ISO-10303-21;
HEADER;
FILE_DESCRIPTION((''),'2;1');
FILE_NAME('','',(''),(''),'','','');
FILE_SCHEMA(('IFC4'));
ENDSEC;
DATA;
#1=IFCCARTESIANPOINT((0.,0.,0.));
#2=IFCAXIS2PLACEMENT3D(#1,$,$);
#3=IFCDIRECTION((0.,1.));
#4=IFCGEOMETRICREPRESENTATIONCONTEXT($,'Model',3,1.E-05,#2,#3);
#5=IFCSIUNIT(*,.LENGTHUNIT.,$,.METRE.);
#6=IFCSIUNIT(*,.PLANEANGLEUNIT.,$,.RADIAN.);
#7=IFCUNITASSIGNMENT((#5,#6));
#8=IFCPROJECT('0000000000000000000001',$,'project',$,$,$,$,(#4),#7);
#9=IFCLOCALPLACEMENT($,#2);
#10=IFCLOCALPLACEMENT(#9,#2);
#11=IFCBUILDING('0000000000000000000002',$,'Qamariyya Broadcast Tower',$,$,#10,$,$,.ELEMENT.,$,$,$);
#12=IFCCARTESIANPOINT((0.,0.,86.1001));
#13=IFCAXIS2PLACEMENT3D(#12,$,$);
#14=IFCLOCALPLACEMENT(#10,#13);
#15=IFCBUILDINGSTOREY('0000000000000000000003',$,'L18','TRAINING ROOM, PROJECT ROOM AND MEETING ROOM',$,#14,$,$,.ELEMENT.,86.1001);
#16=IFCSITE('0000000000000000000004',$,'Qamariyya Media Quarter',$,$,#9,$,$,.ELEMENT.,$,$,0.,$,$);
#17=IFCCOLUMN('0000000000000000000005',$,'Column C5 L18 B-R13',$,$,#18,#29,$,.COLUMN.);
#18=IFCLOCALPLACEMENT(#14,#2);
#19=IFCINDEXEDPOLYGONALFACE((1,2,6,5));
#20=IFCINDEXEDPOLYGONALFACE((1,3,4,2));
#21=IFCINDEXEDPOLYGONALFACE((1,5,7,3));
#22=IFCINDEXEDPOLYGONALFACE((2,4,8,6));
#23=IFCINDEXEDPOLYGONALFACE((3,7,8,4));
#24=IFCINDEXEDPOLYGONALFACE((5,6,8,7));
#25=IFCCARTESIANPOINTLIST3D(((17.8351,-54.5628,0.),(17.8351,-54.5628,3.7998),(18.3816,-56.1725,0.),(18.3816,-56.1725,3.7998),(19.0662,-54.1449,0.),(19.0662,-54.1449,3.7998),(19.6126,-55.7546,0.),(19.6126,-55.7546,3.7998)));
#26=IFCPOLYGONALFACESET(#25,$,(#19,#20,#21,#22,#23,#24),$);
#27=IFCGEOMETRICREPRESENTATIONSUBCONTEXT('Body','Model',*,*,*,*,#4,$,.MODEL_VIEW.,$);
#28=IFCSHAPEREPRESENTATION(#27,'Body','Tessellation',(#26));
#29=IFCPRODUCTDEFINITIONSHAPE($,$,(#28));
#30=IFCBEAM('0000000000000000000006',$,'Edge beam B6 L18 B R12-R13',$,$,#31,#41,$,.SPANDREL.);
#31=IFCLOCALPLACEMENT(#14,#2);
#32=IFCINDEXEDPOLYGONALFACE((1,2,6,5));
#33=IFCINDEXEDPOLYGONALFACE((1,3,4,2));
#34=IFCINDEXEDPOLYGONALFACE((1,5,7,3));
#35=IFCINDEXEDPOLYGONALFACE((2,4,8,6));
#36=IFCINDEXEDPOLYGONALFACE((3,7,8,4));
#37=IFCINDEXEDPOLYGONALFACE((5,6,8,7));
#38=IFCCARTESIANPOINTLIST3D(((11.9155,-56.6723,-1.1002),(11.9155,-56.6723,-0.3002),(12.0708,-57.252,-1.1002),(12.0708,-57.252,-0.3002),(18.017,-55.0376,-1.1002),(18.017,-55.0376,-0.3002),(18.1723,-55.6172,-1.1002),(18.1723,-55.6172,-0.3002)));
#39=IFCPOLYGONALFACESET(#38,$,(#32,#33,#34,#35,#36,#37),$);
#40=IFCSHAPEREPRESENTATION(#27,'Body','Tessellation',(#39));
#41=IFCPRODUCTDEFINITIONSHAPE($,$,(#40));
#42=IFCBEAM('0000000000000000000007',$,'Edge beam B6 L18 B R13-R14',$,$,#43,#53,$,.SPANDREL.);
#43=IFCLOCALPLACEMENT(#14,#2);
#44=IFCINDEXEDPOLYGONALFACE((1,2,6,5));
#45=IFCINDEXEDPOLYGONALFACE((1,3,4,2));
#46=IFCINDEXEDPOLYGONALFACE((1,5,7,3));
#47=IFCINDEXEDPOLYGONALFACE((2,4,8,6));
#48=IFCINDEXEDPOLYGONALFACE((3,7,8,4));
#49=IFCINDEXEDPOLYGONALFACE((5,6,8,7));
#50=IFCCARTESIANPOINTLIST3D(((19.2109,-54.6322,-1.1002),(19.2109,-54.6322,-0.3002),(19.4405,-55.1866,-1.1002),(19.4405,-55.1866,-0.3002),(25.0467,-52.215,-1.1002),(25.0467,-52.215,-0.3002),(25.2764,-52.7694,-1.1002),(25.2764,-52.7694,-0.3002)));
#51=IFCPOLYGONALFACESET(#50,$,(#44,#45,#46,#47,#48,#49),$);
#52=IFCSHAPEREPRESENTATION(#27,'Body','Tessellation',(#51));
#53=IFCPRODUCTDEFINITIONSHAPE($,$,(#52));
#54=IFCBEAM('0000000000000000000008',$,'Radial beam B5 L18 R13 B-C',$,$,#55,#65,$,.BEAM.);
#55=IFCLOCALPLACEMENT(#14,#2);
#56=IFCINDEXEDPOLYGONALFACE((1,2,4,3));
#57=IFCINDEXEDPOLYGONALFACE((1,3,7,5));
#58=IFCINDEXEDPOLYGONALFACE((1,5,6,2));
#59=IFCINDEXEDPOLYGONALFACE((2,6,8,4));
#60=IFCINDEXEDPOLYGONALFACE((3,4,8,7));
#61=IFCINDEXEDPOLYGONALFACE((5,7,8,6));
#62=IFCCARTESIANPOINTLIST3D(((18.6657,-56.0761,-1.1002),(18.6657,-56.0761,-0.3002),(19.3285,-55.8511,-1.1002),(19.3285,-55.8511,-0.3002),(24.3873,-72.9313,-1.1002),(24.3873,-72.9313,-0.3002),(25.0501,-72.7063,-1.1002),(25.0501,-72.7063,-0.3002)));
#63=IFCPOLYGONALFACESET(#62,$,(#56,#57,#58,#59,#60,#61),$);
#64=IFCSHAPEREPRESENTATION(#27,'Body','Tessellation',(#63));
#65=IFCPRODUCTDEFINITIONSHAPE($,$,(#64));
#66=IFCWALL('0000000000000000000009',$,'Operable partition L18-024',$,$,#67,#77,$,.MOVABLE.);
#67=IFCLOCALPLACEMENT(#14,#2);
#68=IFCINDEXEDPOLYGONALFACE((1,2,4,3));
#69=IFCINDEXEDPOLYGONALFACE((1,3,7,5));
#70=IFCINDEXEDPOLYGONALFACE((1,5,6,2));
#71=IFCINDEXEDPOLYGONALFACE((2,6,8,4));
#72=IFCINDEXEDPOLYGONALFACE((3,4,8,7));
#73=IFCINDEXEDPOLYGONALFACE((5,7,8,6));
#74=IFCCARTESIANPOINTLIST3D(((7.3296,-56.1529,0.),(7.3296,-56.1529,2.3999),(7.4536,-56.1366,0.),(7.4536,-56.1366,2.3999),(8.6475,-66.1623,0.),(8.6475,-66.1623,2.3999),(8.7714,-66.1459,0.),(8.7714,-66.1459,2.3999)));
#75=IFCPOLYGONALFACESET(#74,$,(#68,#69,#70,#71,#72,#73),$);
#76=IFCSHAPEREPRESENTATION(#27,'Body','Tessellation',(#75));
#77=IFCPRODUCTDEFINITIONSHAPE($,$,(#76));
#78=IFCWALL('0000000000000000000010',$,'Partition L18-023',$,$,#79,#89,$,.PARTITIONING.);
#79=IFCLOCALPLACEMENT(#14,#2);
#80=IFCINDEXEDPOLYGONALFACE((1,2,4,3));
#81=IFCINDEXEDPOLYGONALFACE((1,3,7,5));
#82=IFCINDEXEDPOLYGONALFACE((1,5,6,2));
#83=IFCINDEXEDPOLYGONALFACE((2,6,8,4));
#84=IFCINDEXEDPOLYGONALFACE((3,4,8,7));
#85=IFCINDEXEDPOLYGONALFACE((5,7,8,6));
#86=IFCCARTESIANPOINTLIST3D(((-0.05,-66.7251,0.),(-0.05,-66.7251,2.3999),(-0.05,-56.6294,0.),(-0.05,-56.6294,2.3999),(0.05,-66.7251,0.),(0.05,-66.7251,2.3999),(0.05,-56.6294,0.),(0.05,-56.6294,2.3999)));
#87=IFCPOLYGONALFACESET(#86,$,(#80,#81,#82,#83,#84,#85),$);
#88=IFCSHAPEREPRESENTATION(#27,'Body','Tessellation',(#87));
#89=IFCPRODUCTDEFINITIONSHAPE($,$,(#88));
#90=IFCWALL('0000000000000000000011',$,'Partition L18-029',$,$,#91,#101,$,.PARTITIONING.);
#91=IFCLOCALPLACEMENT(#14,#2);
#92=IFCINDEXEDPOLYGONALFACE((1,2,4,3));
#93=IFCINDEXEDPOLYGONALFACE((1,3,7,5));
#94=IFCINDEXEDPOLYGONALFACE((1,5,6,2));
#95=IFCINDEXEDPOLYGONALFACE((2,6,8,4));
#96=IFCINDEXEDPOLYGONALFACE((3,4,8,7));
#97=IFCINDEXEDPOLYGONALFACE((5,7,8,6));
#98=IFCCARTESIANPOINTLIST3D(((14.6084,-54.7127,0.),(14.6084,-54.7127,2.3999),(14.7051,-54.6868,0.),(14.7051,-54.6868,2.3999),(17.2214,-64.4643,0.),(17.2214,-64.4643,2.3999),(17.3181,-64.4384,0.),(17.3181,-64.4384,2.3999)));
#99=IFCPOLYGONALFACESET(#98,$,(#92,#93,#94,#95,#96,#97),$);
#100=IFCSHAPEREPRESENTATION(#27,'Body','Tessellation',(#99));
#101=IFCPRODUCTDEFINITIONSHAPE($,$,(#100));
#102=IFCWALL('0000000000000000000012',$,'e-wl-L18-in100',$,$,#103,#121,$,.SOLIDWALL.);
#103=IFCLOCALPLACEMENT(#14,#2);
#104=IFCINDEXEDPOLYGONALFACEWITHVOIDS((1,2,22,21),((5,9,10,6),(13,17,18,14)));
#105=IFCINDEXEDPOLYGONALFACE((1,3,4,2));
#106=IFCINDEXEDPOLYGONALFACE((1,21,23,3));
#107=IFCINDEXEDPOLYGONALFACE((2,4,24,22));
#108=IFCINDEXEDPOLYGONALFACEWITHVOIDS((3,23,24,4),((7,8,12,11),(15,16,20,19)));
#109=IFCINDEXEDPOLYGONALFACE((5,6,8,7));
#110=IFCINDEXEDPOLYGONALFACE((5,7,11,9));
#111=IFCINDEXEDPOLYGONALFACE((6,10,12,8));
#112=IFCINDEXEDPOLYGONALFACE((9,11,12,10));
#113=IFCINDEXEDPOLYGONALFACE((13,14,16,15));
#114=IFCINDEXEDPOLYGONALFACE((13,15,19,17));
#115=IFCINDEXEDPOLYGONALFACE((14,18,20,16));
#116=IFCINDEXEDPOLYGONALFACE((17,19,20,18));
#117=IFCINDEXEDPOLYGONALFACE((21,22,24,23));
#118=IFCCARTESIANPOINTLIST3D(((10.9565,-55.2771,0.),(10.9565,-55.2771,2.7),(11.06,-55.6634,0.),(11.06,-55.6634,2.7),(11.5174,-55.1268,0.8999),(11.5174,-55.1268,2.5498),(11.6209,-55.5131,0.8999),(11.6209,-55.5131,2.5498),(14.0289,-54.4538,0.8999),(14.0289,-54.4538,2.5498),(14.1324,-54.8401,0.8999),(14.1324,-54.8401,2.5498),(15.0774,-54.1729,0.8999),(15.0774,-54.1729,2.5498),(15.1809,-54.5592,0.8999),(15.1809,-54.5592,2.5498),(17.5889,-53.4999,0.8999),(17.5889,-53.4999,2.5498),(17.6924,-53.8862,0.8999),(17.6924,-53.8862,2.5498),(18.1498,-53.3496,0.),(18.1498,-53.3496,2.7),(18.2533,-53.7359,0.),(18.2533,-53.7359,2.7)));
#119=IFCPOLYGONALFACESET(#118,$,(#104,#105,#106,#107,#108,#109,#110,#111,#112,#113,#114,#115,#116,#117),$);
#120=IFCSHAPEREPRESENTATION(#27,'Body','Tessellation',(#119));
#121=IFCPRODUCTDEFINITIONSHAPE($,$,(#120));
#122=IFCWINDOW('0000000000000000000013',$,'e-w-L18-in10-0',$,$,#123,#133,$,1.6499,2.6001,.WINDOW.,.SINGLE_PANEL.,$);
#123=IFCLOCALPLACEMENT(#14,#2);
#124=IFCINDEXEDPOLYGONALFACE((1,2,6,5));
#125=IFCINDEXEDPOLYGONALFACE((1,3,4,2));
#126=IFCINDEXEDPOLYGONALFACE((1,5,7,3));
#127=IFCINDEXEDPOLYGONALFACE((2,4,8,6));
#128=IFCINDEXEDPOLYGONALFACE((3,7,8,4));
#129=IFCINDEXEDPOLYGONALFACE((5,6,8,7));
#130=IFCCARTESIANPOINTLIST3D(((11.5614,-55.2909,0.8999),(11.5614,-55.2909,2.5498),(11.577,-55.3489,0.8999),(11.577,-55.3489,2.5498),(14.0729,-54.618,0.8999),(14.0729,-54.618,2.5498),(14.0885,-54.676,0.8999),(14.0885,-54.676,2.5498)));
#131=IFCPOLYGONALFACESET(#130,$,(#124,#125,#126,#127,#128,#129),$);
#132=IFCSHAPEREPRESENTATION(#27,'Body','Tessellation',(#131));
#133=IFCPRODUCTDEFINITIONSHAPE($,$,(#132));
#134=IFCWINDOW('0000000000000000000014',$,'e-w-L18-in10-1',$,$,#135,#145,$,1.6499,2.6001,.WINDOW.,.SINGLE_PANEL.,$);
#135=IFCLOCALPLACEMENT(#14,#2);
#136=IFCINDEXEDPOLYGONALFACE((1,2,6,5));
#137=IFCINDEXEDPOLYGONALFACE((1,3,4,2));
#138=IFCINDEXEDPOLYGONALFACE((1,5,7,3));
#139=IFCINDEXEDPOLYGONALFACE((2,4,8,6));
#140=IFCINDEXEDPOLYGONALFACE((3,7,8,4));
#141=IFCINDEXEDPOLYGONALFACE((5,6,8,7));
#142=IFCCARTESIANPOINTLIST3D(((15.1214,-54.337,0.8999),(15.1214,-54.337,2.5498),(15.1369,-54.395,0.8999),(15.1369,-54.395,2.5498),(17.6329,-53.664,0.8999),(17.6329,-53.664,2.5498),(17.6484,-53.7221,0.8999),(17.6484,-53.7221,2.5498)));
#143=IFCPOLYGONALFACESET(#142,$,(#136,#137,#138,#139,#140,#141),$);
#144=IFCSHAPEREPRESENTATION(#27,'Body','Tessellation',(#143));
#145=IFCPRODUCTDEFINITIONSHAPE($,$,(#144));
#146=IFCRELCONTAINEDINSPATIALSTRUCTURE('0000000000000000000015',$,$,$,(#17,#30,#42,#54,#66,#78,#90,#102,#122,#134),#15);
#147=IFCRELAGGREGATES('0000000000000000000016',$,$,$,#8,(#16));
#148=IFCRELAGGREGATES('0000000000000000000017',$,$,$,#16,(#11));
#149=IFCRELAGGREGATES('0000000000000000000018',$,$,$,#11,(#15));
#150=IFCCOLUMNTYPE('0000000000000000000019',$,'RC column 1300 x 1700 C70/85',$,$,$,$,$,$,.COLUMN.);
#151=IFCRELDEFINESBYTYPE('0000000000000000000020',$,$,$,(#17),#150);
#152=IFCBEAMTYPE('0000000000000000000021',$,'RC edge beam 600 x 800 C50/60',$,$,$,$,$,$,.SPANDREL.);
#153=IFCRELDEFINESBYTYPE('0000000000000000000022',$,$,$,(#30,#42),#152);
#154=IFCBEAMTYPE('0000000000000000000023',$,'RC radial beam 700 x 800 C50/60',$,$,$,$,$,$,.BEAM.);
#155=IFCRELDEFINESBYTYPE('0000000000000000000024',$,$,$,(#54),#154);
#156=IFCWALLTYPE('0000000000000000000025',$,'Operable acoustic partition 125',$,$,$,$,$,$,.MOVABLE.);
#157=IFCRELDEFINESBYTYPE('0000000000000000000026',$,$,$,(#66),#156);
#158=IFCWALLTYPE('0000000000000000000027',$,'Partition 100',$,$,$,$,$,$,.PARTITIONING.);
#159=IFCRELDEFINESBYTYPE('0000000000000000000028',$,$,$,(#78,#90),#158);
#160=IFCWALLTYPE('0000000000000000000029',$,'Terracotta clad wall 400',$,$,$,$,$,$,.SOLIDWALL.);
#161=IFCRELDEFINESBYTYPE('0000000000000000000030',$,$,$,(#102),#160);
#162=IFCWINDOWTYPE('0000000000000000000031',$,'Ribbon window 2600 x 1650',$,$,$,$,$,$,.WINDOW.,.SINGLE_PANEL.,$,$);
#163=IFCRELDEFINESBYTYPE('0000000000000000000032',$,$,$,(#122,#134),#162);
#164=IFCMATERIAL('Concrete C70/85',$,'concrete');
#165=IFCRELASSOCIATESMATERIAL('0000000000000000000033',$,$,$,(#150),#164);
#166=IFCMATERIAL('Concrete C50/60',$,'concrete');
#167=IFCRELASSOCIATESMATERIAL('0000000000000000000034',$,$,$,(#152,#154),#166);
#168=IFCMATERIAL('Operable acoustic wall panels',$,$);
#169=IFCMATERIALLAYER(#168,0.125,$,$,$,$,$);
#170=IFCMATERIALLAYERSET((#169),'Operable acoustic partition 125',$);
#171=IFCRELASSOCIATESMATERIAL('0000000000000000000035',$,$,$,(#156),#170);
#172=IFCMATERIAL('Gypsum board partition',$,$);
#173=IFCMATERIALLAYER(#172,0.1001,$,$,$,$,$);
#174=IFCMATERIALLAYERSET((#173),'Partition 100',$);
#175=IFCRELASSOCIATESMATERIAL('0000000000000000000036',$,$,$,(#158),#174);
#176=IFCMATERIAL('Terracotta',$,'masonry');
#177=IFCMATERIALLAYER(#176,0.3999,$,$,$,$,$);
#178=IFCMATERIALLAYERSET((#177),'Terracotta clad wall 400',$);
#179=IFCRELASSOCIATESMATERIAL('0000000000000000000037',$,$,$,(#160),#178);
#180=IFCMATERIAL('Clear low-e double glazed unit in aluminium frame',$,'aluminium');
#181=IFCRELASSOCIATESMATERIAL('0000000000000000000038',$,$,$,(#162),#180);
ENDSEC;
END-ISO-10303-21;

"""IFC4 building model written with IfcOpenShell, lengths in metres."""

from ifc_helpers import new_model, si_unit, direction, frame, frame_2d, origin, origin_2d, place, context, subcontext, project, spatial, rectangle, extrude, material, layer, layer_set, material_profile, profile_set, type_object, element, fill, save


model = new_model("IFC4")

# Units and contexts
model_context = context("Model", 3, precision=1e-05, world=origin(), true_north=direction((0.0, 1.0)))
body_context = subcontext(model_context, "Body", "Model", "MODEL_VIEW")
ifc_project = project(units=[si_unit("LENGTHUNIT", "METRE"), si_unit("PLANEANGLEUNIT", "RADIAN")], contexts=[model_context])

# Site, building, storey
site_placement = place(None, origin())
site = spatial("IfcSite", under=ifc_project, at=site_placement, Name="Qamariyya Media Quarter", CompositionType="ELEMENT", RefElevation=0.0)
building_placement = place(site_placement, origin())
building = spatial("IfcBuilding", under=site, at=building_placement, Name="Qamariyya Broadcast Tower", CompositionType="ELEMENT")
storey_placement = place(building_placement, frame((0.0, 0.0, 86.1001)))
storey = spatial("IfcBuildingStorey", under=building, at=storey_placement, Name="L18", Description="TRAINING ROOM, PROJECT ROOM AND MEETING ROOM", CompositionType="ELEMENT", Elevation=86.1001)

# Column
ifc_material_1 = material(Name="Concrete C70/85", Category="concrete")
ifc_material_profile_1 = material_profile(ifc_material_1, rectangle(XDim=1.3, YDim=1.7, at=origin_2d()))
ifc_profile_set_1 = profile_set([ifc_material_profile_1], Name="Concrete C70/85")
column_type = type_object("IfcColumnType", Name="RC column 1300 x 1700 C70/85", PredefinedType="COLUMN", material=ifc_profile_set_1)
column_placement = place(storey_placement, frame((18.7239, -55.1587, 0.0), z_axis=(0.0, 0.0, 1.0), x_axis=(0.94693, 0.321439, 0.0)))
element("IfcColumn", 1, at=column_placement, inside=storey, type_object=column_type, Name="Column C5 L18 B-R13", PredefinedType="COLUMN", context=body_context, shape_type="SweptSolid", body=[
    extrude(rectangle(XDim=1.3, YDim=1.7, at=origin_2d()), origin(), (0.0, 0.0, 1.0), 3.7998),
])

# Beams
ifc_material_2 = material(Name="Concrete C50/60", Category="concrete")
ifc_material_profile_2 = material_profile(ifc_material_2, rectangle(XDim=0.6001, YDim=0.8, at=origin_2d()))
ifc_profile_set_2 = profile_set([ifc_material_profile_2], Name="Concrete C50/60")
beam_type_1 = type_object("IfcBeamType", Name="RC edge beam 600 x 800 C50/60", PredefinedType="SPANDREL", material=ifc_profile_set_2)
for number, where, z_axis, x_axis, name in (
    (2, (11.9932, -56.9622, -0.7002), (0.965931, 0.258798, 0.0), (-0.258798, 0.965931, 0.0), "Edge beam B6 L18 B R12-R13"),
    (3, (19.3257, -54.9094, -0.7002), (0.923884, 0.382672, 0.0), (-0.382672, 0.923884, 0.0), "Edge beam B6 L18 B R13-R14"),
):
    element("IfcBeam", number, at=place(storey_placement, frame(where, z_axis=z_axis, x_axis=x_axis)), inside=storey, type_object=beam_type_1, Name=name, PredefinedType="SPANDREL", context=body_context, shape_type="SweptSolid", body=[
        extrude(rectangle(XDim=0.6001, YDim=0.8, at=origin_2d()), origin(), (0.0, 0.0, 1.0), 6.3167),
    ])
ifc_material_profile_3 = material_profile(ifc_material_2, rectangle(XDim=0.7, YDim=0.8, at=origin_2d()))
ifc_profile_set_3 = profile_set([ifc_material_profile_3], Name="Concrete C50/60")
beam_type_2 = type_object("IfcBeamType", Name="RC radial beam 700 x 800 C50/60", PredefinedType="BEAM", material=ifc_profile_set_3)
beam_placement = place(storey_placement, frame((18.9971, -55.9636, -0.7002), z_axis=(0.321445, -0.946928, 0.0), x_axis=(0.946928, 0.321445, 0.0)))
element("IfcBeam", 4, at=beam_placement, inside=storey, type_object=beam_type_2, Name="Radial beam B5 L18 R13 B-C", PredefinedType="BEAM", context=body_context, shape_type="SweptSolid", body=[
    extrude(rectangle(XDim=0.7, YDim=0.8, at=origin_2d()), origin(), (0.0, 0.0, 1.0), 17.7998),
])

# Walls
ifc_material_3 = material(Name="Operable acoustic wall panels")
ifc_layer_1 = layer(ifc_material_3, 0.125)
ifc_layer_set_1 = layer_set([ifc_layer_1], Name="Operable acoustic partition 125")
wall_type_1 = type_object("IfcWallType", Name="Operable acoustic partition 125", PredefinedType="MOVABLE", material=ifc_layer_set_1)
wall_1_placement = place(storey_placement, frame((7.3916, -56.1448, 0.0), z_axis=(0.0, 0.0, 1.0), x_axis=(0.130538, -0.991443, 0.0)))
element("IfcWall", 5, at=wall_1_placement, inside=storey, type_object=wall_type_1, Name="Operable partition L18-024", PredefinedType="MOVABLE", context=body_context, shape_type="SweptSolid", body=[
    extrude(rectangle(XDim=10.0957, YDim=0.125, at=frame_2d((5.0479, 0.0))), origin(), (0.0, 0.0, 1.0), 2.3999),
])
ifc_material_4 = material(Name="Gypsum board partition")
ifc_layer_2 = layer(ifc_material_4, 0.1001)
ifc_layer_set_2 = layer_set([ifc_layer_2], Name="Partition 100")
wall_type_2 = type_object("IfcWallType", Name="Partition 100", PredefinedType="PARTITIONING", material=ifc_layer_set_2)
for number, where, z_axis, x_axis, name in (
    (6, (0.0, -56.6294, 0.0), (0.0, 0.0, 1.0), (0.0, -1.0, 0.0), "Partition L18-023"),
    (7, (14.6567, -54.6997, 0.0), (0.0, 0.0, 1.0), (0.258826, -0.965924, 0.0), "Partition L18-029"),
):
    element("IfcWall", number, at=place(storey_placement, frame(where, z_axis=z_axis, x_axis=x_axis)), inside=storey, type_object=wall_type_2, Name=name, PredefinedType="PARTITIONING", context=body_context, shape_type="SweptSolid", body=[
        extrude(rectangle(XDim=10.0957, YDim=0.1001, at=frame_2d((5.0479, 0.0))), origin(), (0.0, 0.0, 1.0), 2.3999),
    ])

# Wall, openings, windows
ifc_material_5 = material(Name="Terracotta", Category="masonry")
ifc_layer_3 = layer(ifc_material_5, 0.3999)
ifc_layer_set_3 = layer_set([ifc_layer_3], Name="Terracotta clad wall 400")
wall_type_3 = type_object("IfcWallType", Name="Terracotta clad wall 400", PredefinedType="SOLIDWALL", material=ifc_layer_set_3)
wall_2_placement = place(storey_placement, frame((18.2017, -53.5427, 0.0), z_axis=(0.0, 0.0, 1.0), x_axis=(-0.965925, -0.258823, 0.0)))
wall_2 = element("IfcWall", 8, at=wall_2_placement, inside=storey, type_object=wall_type_3, Name="e-wl-L18-in100", PredefinedType="SOLIDWALL", context=body_context, shape_type="SweptSolid", body=[
    extrude(rectangle(XDim=7.447, YDim=0.3999, at=frame_2d((3.7236, 0.0))), origin(), (0.0, 0.0, 1.0), 2.7),
])
opening_1_placement = place(wall_2_placement, frame((4.2664, 0.0, 0.8999)))
opening_1 = element("IfcOpeningElement", 9, at=opening_1_placement, cuts=wall_2, PredefinedType="OPENING", context=body_context, shape_type="SweptSolid", body=[
    extrude(rectangle(XDim=2.6001, YDim=1.6499, at=frame_2d((1.3, 0.825))), frame((0.0, 0.21, 0.0), z_axis=(0.0, -1.0, 0.0), x_axis=(1.0, 0.0, 0.0)), (0.0, 0.0, 1.0), 0.4199),
])
opening_2_placement = place(wall_2_placement, frame((0.5808, 0.0, 0.8999)))
opening_2 = element("IfcOpeningElement", 10, at=opening_2_placement, cuts=wall_2, PredefinedType="OPENING", context=body_context, shape_type="SweptSolid", body=[
    extrude(rectangle(XDim=2.6001, YDim=1.6499, at=frame_2d((1.3, 0.825))), frame((0.0, 0.21, 0.0), z_axis=(0.0, -1.0, 0.0), x_axis=(1.0, 0.0, 0.0)), (0.0, 0.0, 1.0), 0.4199),
])
ifc_material_6 = material(Name="Clear low-e double glazed unit in aluminium frame", Category="aluminium")
window_type = type_object("IfcWindowType", Name="Ribbon window 2600 x 1650", PartitioningType="SINGLE_PANEL", PredefinedType="WINDOW", material=ifc_material_6)
window_1_placement = place(opening_1_placement, origin())
window_1 = element("IfcWindow", 11, at=window_1_placement, inside=storey, type_object=window_type, Name="e-w-L18-in10-0", OverallHeight=1.6499, OverallWidth=2.6001, PartitioningType="SINGLE_PANEL", PredefinedType="WINDOW", context=body_context, shape_type="SweptSolid", body=[
    extrude(rectangle(XDim=2.6001, YDim=1.6499, at=frame_2d((1.3, 0.825))), frame((0.0, 0.03, 0.0), z_axis=(0.0, -1.0, 0.0), x_axis=(1.0, 0.0, 0.0)), (0.0, 0.0, 1.0), 0.0601),
])
fill(opening_1, window_1)
window_2_placement = place(opening_2_placement, origin())
window_2 = element("IfcWindow", 12, at=window_2_placement, inside=storey, type_object=window_type, Name="e-w-L18-in10-1", OverallHeight=1.6499, OverallWidth=2.6001, PartitioningType="SINGLE_PANEL", PredefinedType="WINDOW", context=body_context, shape_type="SweptSolid", body=[
    extrude(rectangle(XDim=2.6001, YDim=1.6499, at=frame_2d((1.3, 0.825))), frame((0.0, 0.03, 0.0), z_axis=(0.0, -1.0, 0.0), x_axis=(1.0, 0.0, 0.0)), (0.0, 0.0, 1.0), 0.0601),
])
fill(opening_2, window_2)

save(model, "model.ifc")
